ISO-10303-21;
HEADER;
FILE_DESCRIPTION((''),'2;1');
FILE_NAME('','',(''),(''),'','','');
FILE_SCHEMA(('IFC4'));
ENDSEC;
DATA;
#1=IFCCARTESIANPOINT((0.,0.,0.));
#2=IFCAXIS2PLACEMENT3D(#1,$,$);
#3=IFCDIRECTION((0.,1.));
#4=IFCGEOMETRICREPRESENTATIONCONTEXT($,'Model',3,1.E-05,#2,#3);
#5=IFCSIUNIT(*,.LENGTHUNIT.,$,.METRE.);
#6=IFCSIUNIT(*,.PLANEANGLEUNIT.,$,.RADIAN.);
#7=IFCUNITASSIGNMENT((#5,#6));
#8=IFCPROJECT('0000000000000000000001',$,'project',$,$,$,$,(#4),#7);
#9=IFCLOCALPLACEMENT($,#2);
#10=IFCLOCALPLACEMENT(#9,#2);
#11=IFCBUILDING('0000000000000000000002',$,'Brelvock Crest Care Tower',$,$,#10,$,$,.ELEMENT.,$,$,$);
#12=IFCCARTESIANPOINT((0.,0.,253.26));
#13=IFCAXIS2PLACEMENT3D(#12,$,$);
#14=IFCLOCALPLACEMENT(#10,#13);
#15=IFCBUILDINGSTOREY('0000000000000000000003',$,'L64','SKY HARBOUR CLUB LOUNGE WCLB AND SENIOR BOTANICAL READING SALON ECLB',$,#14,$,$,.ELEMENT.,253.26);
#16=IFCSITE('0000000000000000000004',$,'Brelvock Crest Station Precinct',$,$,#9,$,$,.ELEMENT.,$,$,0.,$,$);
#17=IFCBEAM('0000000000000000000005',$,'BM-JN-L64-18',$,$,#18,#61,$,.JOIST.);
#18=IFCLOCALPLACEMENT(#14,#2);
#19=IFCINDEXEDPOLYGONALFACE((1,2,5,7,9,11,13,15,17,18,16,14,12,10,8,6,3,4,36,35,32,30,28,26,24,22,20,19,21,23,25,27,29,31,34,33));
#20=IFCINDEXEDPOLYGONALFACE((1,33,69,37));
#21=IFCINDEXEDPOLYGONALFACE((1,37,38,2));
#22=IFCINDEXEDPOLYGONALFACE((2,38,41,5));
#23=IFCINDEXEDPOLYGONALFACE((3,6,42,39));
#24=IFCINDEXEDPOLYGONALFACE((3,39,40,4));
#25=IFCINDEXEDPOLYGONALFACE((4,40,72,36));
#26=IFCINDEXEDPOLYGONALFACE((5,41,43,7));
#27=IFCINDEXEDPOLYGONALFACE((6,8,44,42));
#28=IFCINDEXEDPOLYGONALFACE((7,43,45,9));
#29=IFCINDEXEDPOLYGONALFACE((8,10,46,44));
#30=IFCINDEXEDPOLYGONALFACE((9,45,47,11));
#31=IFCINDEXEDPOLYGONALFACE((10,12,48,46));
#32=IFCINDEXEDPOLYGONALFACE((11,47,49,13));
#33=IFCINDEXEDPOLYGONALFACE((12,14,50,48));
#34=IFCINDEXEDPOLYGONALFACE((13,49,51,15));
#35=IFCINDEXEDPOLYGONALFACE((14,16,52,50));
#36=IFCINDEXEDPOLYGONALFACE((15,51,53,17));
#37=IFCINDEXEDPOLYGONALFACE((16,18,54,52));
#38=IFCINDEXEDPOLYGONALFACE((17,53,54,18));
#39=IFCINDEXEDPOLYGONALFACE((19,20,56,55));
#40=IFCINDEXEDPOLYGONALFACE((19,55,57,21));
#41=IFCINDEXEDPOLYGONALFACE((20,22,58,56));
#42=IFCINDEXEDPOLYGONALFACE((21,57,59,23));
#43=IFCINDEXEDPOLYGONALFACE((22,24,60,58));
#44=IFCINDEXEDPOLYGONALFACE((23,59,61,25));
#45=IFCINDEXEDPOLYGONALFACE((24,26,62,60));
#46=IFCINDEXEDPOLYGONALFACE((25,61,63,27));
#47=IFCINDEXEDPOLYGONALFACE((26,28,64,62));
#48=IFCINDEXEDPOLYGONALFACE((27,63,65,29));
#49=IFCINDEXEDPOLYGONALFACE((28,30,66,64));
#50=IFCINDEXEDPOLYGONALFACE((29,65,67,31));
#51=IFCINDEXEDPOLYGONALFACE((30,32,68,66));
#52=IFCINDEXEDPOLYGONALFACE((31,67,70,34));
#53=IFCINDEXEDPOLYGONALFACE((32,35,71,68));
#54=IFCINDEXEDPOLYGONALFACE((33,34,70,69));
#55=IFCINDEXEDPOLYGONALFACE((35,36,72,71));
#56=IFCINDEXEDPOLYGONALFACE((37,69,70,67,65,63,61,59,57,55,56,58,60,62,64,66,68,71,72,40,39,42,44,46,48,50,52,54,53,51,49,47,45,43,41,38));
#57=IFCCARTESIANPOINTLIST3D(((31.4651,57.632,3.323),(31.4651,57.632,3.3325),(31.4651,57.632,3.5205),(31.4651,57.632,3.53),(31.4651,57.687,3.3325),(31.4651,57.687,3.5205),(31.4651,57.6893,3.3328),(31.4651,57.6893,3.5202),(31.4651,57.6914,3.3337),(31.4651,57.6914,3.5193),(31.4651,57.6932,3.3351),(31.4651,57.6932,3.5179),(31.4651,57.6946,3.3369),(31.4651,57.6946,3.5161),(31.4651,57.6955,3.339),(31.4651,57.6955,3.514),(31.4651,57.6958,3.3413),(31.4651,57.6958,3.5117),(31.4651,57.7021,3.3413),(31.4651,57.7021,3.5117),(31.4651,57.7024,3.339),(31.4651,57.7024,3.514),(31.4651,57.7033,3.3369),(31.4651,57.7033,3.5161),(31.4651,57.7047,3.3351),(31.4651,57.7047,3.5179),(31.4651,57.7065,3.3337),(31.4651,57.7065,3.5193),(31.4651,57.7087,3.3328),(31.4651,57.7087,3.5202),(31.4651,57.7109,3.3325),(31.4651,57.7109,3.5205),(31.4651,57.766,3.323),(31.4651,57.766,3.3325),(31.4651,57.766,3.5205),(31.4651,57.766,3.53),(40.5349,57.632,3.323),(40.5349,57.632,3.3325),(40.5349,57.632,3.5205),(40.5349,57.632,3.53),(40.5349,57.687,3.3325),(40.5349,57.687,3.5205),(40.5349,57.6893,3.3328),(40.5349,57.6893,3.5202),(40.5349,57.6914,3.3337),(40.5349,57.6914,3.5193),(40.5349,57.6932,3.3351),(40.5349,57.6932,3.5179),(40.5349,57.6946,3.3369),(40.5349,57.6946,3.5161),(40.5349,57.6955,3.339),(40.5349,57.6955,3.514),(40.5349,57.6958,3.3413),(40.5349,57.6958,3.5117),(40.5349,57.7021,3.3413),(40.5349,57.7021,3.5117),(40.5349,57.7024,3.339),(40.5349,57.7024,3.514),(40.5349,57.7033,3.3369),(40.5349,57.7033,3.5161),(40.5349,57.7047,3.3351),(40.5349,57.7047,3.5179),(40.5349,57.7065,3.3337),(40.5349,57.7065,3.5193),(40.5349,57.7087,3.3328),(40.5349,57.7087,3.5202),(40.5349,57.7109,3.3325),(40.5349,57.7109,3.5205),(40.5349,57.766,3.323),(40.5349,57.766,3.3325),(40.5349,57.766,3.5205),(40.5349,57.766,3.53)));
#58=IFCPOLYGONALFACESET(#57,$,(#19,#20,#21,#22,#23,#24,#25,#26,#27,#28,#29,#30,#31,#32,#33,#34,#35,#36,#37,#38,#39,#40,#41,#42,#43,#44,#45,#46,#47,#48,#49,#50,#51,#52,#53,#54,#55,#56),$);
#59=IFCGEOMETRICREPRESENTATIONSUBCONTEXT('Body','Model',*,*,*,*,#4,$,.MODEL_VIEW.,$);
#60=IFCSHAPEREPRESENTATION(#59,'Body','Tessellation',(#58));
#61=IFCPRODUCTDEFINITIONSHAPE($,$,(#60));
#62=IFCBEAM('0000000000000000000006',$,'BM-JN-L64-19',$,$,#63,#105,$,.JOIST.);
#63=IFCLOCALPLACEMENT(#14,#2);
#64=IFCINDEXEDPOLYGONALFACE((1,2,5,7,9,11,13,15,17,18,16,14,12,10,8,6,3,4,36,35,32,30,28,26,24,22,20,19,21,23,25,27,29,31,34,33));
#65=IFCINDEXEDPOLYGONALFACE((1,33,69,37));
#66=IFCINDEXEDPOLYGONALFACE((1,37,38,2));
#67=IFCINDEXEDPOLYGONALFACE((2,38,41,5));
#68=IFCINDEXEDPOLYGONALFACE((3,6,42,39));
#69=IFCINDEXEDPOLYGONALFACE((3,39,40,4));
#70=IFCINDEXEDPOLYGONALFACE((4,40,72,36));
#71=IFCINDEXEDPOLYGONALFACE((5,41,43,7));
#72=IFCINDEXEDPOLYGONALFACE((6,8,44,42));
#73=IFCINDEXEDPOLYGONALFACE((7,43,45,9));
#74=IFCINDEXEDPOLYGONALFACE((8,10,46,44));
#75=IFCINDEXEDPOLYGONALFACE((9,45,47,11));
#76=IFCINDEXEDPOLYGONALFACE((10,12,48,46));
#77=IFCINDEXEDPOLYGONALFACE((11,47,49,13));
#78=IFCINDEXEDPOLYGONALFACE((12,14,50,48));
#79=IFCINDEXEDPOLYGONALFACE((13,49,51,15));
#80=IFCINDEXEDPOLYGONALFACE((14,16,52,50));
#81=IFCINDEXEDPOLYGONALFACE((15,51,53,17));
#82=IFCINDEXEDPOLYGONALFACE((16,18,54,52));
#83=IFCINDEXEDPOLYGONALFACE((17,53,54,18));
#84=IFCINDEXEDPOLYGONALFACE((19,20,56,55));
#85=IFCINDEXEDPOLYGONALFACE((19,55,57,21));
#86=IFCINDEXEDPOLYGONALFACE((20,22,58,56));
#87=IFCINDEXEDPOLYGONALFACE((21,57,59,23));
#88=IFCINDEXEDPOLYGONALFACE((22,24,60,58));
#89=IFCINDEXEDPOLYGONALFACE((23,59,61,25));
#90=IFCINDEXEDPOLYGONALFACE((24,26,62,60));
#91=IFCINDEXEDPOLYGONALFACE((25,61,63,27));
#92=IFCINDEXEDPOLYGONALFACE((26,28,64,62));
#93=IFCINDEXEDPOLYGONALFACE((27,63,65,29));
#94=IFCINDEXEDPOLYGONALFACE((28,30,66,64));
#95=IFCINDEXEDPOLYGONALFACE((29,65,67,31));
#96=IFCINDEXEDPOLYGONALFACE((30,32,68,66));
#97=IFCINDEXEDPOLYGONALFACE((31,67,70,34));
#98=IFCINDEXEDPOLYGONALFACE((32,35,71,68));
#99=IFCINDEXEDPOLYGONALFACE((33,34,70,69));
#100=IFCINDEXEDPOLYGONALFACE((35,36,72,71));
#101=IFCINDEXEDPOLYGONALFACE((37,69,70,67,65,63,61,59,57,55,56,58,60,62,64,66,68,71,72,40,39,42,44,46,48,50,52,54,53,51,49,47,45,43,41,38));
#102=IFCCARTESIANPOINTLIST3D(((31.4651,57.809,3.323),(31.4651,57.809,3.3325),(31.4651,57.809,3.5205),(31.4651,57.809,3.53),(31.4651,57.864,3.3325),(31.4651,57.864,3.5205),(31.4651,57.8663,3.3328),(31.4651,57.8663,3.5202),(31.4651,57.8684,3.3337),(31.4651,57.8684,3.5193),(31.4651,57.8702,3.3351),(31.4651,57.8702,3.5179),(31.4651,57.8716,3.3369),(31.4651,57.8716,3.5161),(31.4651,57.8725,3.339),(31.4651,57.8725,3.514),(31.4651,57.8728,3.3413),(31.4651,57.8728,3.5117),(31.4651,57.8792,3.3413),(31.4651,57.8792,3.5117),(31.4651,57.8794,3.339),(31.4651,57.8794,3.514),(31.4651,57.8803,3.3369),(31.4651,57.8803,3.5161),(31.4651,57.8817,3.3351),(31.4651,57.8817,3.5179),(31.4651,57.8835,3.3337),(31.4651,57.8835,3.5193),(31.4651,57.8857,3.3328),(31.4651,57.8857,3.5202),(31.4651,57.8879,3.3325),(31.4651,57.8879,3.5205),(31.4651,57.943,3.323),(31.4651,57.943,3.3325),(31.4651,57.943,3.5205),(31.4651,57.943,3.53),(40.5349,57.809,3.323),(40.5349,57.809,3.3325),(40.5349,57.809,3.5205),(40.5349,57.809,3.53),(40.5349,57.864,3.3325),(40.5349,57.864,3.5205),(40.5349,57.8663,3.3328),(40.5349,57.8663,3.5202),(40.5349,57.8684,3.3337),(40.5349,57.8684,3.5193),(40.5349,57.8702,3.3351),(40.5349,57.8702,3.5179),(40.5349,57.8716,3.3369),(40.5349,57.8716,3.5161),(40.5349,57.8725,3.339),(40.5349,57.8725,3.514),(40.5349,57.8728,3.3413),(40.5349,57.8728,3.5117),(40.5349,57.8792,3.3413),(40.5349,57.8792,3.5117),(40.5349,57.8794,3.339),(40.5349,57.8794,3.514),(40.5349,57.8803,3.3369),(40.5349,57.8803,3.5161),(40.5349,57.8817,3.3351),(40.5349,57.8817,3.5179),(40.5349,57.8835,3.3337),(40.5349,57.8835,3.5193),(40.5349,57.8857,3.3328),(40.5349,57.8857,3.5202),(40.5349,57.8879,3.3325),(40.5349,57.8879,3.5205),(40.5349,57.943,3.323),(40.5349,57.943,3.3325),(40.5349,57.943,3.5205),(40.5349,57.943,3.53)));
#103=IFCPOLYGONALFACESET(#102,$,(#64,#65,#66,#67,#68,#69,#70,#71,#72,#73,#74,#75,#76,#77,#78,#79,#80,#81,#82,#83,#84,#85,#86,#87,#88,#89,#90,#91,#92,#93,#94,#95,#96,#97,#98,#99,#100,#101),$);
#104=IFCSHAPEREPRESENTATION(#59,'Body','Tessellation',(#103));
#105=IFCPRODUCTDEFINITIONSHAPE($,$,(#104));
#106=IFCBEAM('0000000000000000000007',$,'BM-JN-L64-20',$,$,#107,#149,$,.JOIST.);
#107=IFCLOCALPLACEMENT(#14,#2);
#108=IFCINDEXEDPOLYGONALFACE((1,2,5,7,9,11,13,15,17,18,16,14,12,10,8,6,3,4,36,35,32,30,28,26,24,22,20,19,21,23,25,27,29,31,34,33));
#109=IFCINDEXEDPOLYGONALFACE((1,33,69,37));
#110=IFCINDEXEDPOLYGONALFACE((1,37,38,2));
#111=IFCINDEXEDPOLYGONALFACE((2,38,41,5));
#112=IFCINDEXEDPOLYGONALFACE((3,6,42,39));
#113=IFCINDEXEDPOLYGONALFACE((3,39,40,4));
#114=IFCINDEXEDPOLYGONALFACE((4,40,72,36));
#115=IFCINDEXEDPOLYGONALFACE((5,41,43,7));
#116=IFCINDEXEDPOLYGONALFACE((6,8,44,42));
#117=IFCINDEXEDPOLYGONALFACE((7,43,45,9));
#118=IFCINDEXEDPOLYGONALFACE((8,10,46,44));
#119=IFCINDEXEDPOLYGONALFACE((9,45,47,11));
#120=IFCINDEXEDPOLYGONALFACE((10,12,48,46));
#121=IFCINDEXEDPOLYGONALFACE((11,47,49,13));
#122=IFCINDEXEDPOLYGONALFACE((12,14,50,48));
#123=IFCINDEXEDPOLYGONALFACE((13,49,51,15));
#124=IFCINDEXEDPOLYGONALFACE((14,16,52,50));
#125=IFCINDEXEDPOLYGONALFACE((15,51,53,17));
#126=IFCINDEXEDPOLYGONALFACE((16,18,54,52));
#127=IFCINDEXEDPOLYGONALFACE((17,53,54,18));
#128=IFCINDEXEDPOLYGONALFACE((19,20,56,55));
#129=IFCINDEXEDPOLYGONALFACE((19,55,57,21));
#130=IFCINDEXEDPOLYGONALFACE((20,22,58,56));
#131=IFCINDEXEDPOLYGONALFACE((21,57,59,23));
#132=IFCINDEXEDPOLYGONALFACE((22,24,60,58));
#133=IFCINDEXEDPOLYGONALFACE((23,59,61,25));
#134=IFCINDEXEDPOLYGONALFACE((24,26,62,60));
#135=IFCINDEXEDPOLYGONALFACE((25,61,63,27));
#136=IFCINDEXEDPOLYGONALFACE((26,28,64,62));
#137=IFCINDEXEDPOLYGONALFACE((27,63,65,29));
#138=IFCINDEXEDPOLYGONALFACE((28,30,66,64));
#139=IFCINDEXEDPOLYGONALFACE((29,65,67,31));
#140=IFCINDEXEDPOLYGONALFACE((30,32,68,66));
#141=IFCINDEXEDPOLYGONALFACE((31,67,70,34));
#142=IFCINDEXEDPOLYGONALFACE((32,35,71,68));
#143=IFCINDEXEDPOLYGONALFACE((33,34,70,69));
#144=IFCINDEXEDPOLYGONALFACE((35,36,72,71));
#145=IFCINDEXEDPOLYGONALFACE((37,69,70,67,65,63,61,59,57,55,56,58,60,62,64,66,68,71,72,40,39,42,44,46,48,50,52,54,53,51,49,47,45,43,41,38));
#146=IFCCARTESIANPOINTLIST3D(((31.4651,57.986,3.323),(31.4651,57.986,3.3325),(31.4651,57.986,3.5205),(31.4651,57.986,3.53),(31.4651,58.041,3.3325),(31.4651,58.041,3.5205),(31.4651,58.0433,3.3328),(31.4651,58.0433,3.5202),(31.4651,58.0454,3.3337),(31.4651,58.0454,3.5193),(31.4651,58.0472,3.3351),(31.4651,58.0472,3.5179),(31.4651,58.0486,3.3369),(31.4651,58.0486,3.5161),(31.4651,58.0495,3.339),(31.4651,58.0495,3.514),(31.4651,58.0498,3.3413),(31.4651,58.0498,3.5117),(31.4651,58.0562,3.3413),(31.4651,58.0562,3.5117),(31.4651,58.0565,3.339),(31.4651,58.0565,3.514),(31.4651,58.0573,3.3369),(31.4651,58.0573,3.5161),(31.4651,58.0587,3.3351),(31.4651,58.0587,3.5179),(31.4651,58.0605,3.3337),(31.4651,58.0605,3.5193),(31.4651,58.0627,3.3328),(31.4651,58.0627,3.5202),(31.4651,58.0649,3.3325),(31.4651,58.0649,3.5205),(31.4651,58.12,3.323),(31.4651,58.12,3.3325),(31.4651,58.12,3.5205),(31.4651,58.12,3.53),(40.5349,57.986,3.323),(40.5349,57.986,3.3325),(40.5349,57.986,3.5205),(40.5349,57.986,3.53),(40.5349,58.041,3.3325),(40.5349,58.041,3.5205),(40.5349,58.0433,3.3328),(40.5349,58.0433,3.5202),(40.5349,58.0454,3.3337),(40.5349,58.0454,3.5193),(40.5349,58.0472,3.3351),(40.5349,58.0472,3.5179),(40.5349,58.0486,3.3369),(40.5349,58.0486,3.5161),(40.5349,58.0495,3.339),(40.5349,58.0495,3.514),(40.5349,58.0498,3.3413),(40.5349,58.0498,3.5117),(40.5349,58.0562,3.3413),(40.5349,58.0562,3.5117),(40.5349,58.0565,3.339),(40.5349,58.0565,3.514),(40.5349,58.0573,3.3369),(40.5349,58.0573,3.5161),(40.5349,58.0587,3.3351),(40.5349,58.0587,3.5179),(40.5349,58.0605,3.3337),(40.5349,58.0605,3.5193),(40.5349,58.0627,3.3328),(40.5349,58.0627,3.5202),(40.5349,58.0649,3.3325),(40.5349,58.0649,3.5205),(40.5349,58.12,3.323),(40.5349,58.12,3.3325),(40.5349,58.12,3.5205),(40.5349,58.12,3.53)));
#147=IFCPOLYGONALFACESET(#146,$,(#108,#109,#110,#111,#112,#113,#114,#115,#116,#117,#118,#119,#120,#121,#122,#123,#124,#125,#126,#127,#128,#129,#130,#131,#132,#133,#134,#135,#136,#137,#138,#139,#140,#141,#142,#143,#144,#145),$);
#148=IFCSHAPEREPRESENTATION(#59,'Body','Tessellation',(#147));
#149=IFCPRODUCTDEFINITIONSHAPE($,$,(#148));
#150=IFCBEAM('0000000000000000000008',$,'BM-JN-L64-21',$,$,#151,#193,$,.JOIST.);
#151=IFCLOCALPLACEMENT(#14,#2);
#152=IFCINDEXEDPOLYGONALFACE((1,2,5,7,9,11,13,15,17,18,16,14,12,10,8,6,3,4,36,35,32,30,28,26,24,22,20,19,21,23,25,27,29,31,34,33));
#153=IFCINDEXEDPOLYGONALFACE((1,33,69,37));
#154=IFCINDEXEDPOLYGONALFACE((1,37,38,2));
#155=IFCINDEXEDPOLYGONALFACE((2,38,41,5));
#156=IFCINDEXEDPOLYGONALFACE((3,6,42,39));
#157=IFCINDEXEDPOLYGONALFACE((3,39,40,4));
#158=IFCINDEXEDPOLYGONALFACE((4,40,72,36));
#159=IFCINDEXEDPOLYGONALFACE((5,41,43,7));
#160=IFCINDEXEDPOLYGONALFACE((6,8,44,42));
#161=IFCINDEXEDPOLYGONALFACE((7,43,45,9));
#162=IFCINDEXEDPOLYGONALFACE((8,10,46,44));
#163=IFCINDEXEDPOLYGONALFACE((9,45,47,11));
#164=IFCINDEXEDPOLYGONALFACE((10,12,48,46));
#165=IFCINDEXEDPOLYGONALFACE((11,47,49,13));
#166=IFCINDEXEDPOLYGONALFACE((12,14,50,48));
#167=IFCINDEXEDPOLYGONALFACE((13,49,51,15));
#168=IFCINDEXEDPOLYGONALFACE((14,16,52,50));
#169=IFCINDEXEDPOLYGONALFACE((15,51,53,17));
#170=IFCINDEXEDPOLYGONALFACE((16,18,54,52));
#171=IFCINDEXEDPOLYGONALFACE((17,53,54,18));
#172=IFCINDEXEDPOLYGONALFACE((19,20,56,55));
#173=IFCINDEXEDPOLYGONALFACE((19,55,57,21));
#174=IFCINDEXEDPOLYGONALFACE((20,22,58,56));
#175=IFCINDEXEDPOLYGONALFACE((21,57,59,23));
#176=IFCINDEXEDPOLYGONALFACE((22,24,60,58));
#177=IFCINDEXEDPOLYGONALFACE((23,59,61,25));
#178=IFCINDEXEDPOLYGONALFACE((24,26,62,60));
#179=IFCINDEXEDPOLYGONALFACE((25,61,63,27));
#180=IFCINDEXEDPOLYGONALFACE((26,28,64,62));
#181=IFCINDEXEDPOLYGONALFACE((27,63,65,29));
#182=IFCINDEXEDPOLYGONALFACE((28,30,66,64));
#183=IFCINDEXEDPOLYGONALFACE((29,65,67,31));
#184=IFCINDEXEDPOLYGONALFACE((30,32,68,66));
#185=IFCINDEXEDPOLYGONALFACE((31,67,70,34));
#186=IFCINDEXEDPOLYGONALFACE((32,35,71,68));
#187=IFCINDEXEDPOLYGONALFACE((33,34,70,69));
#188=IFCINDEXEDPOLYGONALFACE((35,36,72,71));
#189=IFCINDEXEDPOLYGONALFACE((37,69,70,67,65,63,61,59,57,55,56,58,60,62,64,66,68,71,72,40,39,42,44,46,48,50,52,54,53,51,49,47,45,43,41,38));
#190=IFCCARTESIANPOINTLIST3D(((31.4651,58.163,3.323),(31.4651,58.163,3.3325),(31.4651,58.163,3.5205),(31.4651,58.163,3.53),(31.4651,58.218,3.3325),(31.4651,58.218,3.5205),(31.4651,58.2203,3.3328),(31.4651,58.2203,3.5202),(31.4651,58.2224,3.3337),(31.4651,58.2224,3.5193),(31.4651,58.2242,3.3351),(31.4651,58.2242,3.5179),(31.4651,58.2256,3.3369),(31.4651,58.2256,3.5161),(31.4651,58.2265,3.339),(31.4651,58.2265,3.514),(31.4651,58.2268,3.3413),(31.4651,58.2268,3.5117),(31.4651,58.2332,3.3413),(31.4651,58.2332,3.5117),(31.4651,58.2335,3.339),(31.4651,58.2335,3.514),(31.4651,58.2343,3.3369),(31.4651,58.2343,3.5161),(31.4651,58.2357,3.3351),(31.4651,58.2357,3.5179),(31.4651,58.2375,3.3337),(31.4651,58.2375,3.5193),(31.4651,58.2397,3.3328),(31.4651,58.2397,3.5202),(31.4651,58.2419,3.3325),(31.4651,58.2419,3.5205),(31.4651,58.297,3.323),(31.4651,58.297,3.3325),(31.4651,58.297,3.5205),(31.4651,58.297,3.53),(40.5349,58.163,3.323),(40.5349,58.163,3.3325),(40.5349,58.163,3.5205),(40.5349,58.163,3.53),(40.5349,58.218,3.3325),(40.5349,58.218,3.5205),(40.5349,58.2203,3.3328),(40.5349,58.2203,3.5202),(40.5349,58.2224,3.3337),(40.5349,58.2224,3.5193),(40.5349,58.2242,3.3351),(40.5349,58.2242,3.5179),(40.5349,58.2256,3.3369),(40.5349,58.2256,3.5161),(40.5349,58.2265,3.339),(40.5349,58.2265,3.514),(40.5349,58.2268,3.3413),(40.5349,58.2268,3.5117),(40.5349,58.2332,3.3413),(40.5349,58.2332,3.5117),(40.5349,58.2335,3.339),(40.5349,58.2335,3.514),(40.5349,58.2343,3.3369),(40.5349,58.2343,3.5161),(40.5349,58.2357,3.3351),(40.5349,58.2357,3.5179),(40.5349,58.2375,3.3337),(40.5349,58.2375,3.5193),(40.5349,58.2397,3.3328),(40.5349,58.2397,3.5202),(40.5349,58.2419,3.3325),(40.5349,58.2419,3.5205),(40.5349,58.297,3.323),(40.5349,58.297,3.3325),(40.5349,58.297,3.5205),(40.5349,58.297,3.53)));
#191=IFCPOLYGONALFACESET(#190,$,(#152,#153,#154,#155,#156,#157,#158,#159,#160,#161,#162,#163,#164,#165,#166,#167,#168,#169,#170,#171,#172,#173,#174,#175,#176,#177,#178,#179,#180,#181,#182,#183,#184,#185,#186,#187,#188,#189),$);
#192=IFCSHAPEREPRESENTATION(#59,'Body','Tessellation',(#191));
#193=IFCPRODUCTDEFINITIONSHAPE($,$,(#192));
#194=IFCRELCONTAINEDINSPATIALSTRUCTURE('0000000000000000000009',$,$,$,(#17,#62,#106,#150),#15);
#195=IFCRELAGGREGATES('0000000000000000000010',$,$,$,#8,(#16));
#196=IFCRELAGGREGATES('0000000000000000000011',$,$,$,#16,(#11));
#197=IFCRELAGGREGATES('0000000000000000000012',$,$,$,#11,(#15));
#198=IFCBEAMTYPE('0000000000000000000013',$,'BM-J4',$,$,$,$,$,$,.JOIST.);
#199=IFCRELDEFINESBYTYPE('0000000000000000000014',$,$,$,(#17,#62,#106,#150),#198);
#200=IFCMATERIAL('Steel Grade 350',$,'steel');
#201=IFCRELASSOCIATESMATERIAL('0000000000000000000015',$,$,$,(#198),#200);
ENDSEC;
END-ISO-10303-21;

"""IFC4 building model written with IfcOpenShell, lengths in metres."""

from ifc_helpers import new_model, si_unit, direction, frame, origin, origin_2d, place, context, subcontext, project, spatial, i_section, extrude, source, transform, mapped, material, material_profile, profile_set, type_object, element, save


model = new_model("IFC4")

# Units and contexts
model_context = context("Model", 3, precision=1e-05, world=origin(), true_north=direction((0.0, 1.0)))
body_context = subcontext(model_context, "Body", "Model", "MODEL_VIEW")
ifc_project = project(units=[si_unit("LENGTHUNIT", "METRE"), si_unit("PLANEANGLEUNIT", "RADIAN")], contexts=[model_context])

# Site, building, storey
site_placement = place(None, origin())
site = spatial("IfcSite", under=ifc_project, at=site_placement, Name="Brelvock Crest Station Precinct", CompositionType="ELEMENT", RefElevation=0.0)
building_placement = place(site_placement, origin())
building = spatial("IfcBuilding", under=site, at=building_placement, Name="Brelvock Crest Care Tower", CompositionType="ELEMENT")
storey_placement = place(building_placement, frame((0.0, 0.0, 253.26)))
storey = spatial("IfcBuildingStorey", under=building, at=storey_placement, Name="L64", Description="SKY HARBOUR CLUB LOUNGE WCLB AND SENIOR BOTANICAL READING SALON ECLB", CompositionType="ELEMENT", Elevation=253.26)

# Beams
ifc_material_1 = material(Name="Steel Grade 350", Category="steel")
ifc_material_profile_1 = material_profile(ifc_material_1, i_section(OverallWidth=0.134, OverallDepth=0.207, WebThickness=0.0063, FlangeThickness=0.0095, FilletRadius=0.0088, at=origin_2d()), Name="200UB29.8")
ifc_profile_set_1 = profile_set([ifc_material_profile_1], Name="Steel Grade 350")
beam_type_1 = type_object("IfcBeamType", Name="BM-J4", PredefinedType="JOIST", material=ifc_profile_set_1)
shared_shape_1 = source(origin(), body_context, "Body", "SweptSolid", [
    extrude(i_section(OverallWidth=0.134, OverallDepth=0.207, WebThickness=0.0063, FlangeThickness=0.0095, FilletRadius=0.0088, at=origin_2d()), origin(), (0.0, 0.0, 1.0), 9.0698),
])
for number, where, z_axis, x_axis, name in (
    (1, (31.4651, 57.699, 3.4265), (1.0, 0.0, 0.0), (0.0, 1.0, 0.0), "BM-JN-L64-18"),
    (2, (31.4651, 57.876, 3.4265), (1.0, 0.0, 0.0), (0.0, 1.0, 0.0), "BM-JN-L64-19"),
    (3, (31.4651, 58.053, 3.4265), (1.0, 0.0, 0.0), (0.0, 1.0, 0.0), "BM-JN-L64-20"),
    (4, (31.4651, 58.23, 3.4265), (1.0, 0.0, 0.0), (0.0, 1.0, 0.0), "BM-JN-L64-21"),
):
    element("IfcBeam", number, at=place(storey_placement, frame(where, z_axis=z_axis, x_axis=x_axis)), inside=storey, type_object=beam_type_1, Name=name, PredefinedType="JOIST", context=body_context, shape_type="MappedRepresentation", body=[
        mapped(shared_shape_1, transform((0.0, 0.0, 0.0), x_axis=(1.0, 0.0, 0.0), y_axis=(0.0, 1.0, 0.0), z_axis=(0.0, 0.0, 1.0), scale=1.0)),
    ])

save(model, "model.ifc")
